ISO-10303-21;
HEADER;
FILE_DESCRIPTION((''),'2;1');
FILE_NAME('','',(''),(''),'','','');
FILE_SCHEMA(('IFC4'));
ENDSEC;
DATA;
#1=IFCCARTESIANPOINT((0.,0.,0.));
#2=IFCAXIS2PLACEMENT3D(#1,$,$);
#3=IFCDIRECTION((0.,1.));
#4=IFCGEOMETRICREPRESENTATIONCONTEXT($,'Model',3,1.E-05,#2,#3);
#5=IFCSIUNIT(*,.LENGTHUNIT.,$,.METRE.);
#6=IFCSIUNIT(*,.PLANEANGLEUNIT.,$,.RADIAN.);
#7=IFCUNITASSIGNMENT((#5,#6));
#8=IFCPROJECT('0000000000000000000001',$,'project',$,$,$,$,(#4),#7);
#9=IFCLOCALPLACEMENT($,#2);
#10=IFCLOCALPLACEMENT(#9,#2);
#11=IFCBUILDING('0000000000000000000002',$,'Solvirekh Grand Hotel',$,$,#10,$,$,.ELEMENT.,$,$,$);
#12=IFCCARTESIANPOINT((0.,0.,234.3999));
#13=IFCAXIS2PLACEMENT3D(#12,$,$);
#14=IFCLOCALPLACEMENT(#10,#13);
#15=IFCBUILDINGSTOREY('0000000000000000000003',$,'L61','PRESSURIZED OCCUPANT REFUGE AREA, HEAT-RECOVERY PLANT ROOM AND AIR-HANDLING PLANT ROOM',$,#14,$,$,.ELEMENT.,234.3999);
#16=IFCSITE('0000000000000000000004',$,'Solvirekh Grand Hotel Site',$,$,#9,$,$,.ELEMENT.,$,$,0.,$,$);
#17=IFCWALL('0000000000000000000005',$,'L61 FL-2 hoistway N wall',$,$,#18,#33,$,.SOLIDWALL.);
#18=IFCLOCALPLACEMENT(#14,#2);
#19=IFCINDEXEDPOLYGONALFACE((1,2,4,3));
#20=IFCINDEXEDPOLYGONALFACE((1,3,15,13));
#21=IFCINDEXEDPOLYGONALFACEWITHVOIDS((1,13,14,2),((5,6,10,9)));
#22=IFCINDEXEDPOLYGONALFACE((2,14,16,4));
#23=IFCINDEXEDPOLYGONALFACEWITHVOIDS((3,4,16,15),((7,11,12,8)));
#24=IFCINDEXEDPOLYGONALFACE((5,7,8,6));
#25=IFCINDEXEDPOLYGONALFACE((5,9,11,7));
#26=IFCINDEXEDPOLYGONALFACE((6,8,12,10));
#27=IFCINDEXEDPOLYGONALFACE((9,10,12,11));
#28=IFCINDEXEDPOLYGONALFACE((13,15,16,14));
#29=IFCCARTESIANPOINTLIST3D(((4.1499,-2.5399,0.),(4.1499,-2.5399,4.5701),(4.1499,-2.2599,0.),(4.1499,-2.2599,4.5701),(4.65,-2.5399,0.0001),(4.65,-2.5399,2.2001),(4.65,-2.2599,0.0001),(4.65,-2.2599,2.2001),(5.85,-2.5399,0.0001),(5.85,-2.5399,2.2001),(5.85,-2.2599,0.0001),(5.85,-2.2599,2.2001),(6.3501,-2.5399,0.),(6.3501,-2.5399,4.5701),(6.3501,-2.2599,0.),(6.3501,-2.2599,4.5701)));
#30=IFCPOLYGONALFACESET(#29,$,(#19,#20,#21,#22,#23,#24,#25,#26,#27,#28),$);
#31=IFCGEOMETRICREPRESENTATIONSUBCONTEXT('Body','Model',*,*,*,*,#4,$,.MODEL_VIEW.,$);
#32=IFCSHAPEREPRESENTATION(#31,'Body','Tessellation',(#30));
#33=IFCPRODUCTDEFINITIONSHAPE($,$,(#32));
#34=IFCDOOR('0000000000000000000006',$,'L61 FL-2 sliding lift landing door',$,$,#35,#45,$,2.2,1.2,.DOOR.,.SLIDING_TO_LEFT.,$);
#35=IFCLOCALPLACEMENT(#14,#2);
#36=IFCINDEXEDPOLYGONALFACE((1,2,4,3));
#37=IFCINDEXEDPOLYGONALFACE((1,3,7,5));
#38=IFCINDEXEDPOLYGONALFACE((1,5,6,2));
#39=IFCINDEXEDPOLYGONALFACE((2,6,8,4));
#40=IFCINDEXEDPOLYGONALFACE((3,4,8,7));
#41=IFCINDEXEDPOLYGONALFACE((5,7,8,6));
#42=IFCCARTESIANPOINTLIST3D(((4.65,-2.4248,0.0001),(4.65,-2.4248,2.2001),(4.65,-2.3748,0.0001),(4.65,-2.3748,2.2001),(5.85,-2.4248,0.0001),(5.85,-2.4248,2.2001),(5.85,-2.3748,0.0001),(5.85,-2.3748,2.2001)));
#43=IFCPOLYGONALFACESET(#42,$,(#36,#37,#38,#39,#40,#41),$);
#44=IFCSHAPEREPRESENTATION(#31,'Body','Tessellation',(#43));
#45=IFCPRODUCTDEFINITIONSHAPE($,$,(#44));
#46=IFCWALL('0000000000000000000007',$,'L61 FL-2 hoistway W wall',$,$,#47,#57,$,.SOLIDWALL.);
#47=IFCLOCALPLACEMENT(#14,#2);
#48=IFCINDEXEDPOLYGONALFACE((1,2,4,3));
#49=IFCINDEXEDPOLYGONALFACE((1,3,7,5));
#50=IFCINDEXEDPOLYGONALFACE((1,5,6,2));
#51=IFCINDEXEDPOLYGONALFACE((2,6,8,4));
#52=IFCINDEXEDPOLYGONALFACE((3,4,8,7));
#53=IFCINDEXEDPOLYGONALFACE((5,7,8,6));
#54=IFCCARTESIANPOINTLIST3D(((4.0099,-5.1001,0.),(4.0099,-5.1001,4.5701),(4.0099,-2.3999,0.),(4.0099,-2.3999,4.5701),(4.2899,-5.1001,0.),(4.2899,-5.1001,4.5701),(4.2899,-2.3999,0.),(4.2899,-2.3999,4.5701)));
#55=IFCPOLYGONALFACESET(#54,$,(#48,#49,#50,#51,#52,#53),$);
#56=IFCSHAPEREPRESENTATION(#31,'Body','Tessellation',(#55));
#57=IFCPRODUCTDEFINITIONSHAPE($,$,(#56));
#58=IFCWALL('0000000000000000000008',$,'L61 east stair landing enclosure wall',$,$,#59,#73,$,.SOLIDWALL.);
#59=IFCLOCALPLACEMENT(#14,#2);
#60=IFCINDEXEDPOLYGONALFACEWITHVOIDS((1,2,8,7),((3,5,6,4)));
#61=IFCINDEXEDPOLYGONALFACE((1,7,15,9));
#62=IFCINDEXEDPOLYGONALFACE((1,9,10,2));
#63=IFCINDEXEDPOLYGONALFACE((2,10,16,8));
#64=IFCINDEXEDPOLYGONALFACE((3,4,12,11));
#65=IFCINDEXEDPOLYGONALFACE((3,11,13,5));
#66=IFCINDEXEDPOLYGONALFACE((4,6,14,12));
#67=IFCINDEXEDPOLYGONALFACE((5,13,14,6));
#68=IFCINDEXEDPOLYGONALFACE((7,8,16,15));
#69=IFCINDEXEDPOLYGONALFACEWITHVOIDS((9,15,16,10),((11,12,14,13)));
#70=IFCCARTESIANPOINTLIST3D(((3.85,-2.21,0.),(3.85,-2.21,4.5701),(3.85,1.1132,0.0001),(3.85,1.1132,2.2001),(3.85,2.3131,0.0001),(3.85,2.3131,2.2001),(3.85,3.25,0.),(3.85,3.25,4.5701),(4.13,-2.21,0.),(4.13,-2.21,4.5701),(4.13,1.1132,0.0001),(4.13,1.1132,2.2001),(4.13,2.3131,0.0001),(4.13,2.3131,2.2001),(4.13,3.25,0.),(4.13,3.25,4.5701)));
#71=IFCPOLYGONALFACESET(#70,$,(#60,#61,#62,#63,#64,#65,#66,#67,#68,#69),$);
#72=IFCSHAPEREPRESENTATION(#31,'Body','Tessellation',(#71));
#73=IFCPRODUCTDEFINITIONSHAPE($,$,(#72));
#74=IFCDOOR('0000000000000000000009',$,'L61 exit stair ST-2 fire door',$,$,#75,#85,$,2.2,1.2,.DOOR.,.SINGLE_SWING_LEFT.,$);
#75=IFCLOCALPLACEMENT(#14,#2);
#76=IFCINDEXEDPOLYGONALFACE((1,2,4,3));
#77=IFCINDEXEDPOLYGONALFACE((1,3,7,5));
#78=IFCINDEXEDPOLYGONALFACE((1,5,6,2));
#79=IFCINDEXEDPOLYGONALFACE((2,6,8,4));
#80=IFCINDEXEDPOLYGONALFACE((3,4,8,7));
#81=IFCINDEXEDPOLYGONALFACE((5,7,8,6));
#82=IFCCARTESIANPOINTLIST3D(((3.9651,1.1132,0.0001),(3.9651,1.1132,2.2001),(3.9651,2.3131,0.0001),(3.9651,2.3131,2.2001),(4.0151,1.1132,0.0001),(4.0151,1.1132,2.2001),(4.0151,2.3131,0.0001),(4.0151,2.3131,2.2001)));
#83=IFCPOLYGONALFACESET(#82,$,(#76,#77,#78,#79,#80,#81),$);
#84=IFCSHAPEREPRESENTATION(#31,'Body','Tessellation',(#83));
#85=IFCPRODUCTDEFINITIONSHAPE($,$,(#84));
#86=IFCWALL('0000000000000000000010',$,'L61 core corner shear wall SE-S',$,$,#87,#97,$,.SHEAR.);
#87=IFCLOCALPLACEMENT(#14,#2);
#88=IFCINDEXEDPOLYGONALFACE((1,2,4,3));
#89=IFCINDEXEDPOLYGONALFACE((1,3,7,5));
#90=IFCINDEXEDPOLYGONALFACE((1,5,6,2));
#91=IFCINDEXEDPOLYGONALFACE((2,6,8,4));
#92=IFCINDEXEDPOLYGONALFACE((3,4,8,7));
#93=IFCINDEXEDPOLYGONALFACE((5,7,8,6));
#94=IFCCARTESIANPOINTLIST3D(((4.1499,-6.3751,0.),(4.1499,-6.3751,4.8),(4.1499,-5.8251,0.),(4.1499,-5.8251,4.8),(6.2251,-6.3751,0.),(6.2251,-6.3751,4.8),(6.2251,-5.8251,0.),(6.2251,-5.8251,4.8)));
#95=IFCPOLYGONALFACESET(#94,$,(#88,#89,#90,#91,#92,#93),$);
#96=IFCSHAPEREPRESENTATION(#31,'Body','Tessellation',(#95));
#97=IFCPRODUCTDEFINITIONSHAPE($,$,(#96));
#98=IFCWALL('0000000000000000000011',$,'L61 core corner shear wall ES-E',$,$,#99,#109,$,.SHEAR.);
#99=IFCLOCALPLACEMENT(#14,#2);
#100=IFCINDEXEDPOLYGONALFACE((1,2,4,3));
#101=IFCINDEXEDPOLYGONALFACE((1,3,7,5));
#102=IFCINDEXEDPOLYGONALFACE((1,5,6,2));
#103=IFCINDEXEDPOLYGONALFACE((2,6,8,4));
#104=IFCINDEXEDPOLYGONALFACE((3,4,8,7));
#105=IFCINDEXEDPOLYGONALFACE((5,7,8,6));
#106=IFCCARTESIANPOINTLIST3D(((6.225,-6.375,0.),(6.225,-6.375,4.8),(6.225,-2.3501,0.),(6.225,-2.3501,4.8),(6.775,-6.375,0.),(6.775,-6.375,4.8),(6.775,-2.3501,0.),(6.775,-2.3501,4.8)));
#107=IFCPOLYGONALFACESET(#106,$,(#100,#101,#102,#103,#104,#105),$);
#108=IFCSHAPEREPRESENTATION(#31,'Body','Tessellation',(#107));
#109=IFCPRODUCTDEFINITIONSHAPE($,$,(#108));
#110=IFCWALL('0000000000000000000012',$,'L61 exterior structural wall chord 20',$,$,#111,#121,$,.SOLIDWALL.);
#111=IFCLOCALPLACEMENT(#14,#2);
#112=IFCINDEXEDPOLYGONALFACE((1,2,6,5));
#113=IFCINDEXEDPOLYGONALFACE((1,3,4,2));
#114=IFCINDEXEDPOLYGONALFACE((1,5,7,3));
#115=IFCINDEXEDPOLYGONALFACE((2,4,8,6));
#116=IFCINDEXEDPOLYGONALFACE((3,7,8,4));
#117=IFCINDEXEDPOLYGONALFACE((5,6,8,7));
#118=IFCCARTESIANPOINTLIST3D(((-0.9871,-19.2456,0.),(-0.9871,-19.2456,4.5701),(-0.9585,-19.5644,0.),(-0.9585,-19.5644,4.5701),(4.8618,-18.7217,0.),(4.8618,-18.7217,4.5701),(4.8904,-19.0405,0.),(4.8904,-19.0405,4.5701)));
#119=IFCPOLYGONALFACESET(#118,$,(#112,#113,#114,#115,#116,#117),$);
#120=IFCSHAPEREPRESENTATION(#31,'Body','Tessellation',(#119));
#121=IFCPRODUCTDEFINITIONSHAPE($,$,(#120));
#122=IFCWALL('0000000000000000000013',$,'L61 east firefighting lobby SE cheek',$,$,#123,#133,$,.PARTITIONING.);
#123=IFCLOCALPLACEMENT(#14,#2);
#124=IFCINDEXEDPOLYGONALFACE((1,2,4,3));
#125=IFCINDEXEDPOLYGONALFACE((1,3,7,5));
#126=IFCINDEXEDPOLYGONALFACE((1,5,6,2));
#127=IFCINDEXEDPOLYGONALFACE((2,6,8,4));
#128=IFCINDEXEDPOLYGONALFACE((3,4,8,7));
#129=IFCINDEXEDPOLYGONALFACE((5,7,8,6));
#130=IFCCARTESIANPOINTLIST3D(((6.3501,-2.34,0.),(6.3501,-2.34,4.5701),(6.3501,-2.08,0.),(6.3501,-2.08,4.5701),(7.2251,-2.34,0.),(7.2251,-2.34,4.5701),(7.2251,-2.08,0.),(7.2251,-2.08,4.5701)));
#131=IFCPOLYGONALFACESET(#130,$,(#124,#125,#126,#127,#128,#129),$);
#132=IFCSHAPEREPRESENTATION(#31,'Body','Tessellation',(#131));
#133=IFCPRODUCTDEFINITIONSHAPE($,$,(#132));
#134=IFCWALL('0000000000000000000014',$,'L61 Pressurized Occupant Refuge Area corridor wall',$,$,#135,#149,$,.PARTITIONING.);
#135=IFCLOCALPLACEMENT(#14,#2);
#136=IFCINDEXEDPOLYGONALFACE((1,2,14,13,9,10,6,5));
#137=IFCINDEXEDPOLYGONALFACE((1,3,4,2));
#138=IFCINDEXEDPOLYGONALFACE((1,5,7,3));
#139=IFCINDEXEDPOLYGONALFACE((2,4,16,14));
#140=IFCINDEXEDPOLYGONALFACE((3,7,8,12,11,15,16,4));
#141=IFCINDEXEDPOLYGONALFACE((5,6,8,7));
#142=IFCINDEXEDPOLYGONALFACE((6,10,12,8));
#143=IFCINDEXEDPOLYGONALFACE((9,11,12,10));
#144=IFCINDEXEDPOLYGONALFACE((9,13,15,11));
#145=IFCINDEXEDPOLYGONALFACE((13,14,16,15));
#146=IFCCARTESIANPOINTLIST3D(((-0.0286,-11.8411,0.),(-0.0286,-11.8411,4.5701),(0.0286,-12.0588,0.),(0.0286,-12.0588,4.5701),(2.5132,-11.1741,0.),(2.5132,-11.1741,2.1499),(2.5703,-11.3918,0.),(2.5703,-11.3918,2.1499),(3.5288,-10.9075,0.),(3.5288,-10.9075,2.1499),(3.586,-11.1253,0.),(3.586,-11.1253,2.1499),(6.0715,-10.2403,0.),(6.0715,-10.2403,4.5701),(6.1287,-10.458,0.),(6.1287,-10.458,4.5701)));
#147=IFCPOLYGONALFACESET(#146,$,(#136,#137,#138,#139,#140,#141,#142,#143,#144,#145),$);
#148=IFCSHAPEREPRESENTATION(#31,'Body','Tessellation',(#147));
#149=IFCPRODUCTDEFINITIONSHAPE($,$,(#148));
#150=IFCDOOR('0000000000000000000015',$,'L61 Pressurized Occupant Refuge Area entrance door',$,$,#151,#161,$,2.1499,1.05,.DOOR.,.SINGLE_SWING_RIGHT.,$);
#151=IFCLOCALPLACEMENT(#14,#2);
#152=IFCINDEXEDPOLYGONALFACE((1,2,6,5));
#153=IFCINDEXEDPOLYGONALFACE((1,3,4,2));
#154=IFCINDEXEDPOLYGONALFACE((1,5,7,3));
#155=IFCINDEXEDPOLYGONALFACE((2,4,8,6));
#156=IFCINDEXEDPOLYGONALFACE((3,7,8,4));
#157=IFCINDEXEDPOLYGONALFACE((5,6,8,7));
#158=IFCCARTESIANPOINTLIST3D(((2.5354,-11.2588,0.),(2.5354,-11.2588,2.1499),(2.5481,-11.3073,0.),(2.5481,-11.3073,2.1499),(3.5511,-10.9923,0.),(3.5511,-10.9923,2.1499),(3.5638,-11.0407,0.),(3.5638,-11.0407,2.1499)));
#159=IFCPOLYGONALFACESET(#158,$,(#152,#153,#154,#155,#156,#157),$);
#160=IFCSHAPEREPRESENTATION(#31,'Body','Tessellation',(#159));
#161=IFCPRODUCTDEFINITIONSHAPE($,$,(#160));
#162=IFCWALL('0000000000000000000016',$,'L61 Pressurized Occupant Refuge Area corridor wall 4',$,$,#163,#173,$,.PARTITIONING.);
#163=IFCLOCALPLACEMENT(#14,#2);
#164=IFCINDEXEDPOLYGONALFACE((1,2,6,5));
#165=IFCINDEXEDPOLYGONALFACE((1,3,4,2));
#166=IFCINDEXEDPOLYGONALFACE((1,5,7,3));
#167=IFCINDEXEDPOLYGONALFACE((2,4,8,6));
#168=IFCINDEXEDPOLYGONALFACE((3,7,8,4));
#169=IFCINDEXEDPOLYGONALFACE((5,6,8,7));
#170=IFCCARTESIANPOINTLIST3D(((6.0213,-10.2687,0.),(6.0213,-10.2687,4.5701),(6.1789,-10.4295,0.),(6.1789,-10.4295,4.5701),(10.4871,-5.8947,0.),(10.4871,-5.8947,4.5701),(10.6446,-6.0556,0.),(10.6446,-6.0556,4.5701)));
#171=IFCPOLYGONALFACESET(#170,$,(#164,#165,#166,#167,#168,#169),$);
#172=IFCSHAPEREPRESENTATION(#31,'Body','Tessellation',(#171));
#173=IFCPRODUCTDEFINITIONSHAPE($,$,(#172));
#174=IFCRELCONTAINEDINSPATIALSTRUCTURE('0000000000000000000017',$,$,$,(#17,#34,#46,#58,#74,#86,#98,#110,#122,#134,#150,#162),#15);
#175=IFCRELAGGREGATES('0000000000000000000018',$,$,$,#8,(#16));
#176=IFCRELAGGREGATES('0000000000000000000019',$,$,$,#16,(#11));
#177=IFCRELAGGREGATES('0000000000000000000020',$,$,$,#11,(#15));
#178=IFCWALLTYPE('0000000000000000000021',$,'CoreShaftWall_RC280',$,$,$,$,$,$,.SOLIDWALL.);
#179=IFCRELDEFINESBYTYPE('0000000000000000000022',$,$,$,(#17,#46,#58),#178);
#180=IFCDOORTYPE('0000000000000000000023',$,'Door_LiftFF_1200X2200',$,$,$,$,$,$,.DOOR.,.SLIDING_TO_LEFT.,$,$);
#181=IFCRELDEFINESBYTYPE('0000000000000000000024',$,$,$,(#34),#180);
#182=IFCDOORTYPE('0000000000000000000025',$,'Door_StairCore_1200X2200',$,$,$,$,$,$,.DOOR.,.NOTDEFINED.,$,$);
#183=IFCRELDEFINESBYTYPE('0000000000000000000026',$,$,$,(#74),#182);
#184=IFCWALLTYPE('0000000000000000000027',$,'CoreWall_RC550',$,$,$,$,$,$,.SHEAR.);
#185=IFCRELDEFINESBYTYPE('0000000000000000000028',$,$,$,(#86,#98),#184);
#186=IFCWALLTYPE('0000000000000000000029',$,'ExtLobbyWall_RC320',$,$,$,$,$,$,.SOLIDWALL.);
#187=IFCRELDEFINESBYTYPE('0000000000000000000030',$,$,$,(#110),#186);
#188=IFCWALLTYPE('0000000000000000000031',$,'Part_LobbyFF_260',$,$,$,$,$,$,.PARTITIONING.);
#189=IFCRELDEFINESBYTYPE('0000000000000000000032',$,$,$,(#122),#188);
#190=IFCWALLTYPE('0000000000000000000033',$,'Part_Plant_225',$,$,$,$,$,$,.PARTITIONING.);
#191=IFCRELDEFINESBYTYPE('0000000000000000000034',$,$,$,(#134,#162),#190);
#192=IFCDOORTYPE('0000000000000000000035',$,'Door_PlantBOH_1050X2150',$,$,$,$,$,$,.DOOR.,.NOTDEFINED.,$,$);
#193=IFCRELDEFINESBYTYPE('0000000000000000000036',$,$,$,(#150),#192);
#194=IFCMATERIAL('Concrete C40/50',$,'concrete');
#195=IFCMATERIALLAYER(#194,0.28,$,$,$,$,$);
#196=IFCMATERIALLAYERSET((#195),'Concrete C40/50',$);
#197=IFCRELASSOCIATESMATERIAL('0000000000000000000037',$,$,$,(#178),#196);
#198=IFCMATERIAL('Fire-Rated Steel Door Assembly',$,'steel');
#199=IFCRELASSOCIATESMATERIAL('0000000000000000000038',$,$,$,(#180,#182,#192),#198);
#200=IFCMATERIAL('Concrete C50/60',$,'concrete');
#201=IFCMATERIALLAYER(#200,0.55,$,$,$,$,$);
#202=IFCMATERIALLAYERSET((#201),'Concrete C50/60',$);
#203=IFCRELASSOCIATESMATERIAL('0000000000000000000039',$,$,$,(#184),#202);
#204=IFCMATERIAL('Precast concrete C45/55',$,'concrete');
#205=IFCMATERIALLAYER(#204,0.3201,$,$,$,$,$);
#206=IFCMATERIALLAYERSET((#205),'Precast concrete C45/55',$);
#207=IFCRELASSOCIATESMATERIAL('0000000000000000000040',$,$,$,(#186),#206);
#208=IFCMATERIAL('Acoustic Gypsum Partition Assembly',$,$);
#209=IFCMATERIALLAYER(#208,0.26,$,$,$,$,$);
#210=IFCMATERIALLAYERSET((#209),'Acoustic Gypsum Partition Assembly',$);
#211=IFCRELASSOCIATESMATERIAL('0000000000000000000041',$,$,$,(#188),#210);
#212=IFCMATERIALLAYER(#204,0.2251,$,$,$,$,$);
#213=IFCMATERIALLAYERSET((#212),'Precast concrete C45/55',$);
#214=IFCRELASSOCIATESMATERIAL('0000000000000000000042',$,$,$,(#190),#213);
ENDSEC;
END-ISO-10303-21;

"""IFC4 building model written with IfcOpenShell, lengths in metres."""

from ifc_helpers import new_model, si_unit, direction, frame, frame_2d, origin, place, context, subcontext, project, spatial, rectangle, extrude, material, layer, layer_set, type_object, element, fill, save


model = new_model("IFC4")

# Units and contexts
model_context = context("Model", 3, precision=1e-05, world=origin(), true_north=direction((0.0, 1.0)))
body_context = subcontext(model_context, "Body", "Model", "MODEL_VIEW")
ifc_project = project(units=[si_unit("LENGTHUNIT", "METRE"), si_unit("PLANEANGLEUNIT", "RADIAN")], contexts=[model_context])

# Site, building, storey
site_placement = place(None, origin())
site = spatial("IfcSite", under=ifc_project, at=site_placement, Name="Solvirekh Grand Hotel Site", CompositionType="ELEMENT", RefElevation=0.0)
building_placement = place(site_placement, origin())
building = spatial("IfcBuilding", under=site, at=building_placement, Name="Solvirekh Grand Hotel", CompositionType="ELEMENT")
storey_placement = place(building_placement, frame((0.0, 0.0, 234.3999)))
storey = spatial("IfcBuildingStorey", under=building, at=storey_placement, Name="L61", Description="PRESSURIZED OCCUPANT REFUGE AREA, HEAT-RECOVERY PLANT ROOM AND AIR-HANDLING PLANT ROOM", CompositionType="ELEMENT", Elevation=234.3999)

# Shared definitions
ifc_material_1 = material(Name="Concrete C50/60", Category="concrete")

# Shared definitions
ifc_material_2 = material(Name="Concrete C40/50", Category="concrete")

# Shared definitions
ifc_layer_1 = layer(ifc_material_2, 0.28)
ifc_layer_set_1 = layer_set([ifc_layer_1], Name="Concrete C40/50")
wall_type_1 = type_object("IfcWallType", Name="CoreShaftWall_RC280", PredefinedType="SOLIDWALL", material=ifc_layer_set_1)

# Wall, opening, door
wall_1_placement = place(storey_placement, frame((6.3501, -2.3999, 0.0), z_axis=(0.0, 0.0, 1.0), x_axis=(-1.0, 0.0, 0.0)))
wall_1 = element("IfcWall", 1, at=wall_1_placement, inside=storey, type_object=wall_type_1, Name="L61 FL-2 hoistway N wall", PredefinedType="SOLIDWALL", context=body_context, shape_type="SweptSolid", body=[
    extrude(rectangle(XDim=2.2002, YDim=0.28, at=frame_2d((1.1001, 0.0))), origin(), (0.0, 0.0, 1.0), 4.5701),
])
opening_1_placement = place(wall_1_placement, frame((0.5, 0.0, 0.0)))
opening_1 = element("IfcOpeningElement", 2, at=opening_1_placement, cuts=wall_1, PredefinedType="OPENING", context=body_context, shape_type="SweptSolid", body=[
    extrude(rectangle(XDim=1.2, YDim=2.2, at=frame_2d((0.6001, 1.1001))), frame((0.0, 0.1499, 0.0), z_axis=(0.0, -1.0, 0.0), x_axis=(1.0, 0.0, 0.0)), (0.0, 0.0, 1.0), 0.3),
])
ifc_material_3 = material(Name="Fire-Rated Steel Door Assembly", Category="steel")
door_type_1 = type_object("IfcDoorType", Name="Door_LiftFF_1200X2200", OperationType="SLIDING_TO_LEFT", PredefinedType="DOOR", material=ifc_material_3)
door_1_placement = place(opening_1_placement, origin())
door_1 = element("IfcDoor", 3, at=door_1_placement, inside=storey, type_object=door_type_1, Name="L61 FL-2 sliding lift landing door", OperationType="SLIDING_TO_LEFT", OverallHeight=2.2, OverallWidth=1.2, PredefinedType="DOOR", context=body_context, shape_type="SweptSolid", body=[
    extrude(rectangle(XDim=1.2, YDim=2.2, at=frame_2d((0.6001, 1.1001))), frame((0.0, 0.0249, 0.0), z_axis=(0.0, -1.0, 0.0), x_axis=(1.0, 0.0, 0.0)), (0.0, 0.0, 1.0), 0.05),
])
fill(opening_1, door_1)

# Wall
wall_2_placement = place(storey_placement, frame((4.1499, -2.3999, 0.0), z_axis=(0.0, 0.0, 1.0), x_axis=(0.0, -1.0, 0.0)))
element("IfcWall", 4, at=wall_2_placement, inside=storey, type_object=wall_type_1, Name="L61 FL-2 hoistway W wall", PredefinedType="SOLIDWALL", context=body_context, shape_type="SweptSolid", body=[
    extrude(rectangle(XDim=2.7002, YDim=0.28, at=frame_2d((1.3501, 0.0))), origin(), (0.0, 0.0, 1.0), 4.5701),
])

# Wall, opening, door
wall_3_placement = place(storey_placement, frame((3.99, -2.21, 0.0), z_axis=(0.0, 0.0, 1.0), x_axis=(0.0, 1.0, 0.0)))
wall_3 = element("IfcWall", 5, at=wall_3_placement, inside=storey, type_object=wall_type_1, Name="L61 east stair landing enclosure wall", PredefinedType="SOLIDWALL", context=body_context, shape_type="SweptSolid", body=[
    extrude(rectangle(XDim=5.46, YDim=0.28, at=frame_2d((2.73, 0.0))), origin(), (0.0, 0.0, 1.0), 4.5701),
])
opening_2_placement = place(wall_3_placement, frame((3.323, 0.0, 0.0)))
opening_2 = element("IfcOpeningElement", 6, at=opening_2_placement, cuts=wall_3, PredefinedType="OPENING", context=body_context, shape_type="SweptSolid", body=[
    extrude(rectangle(XDim=1.2, YDim=2.2, at=frame_2d((0.6001, 1.1001))), frame((0.0, 0.1499, 0.0), z_axis=(0.0, -1.0, 0.0), x_axis=(1.0, 0.0, 0.0)), (0.0, 0.0, 1.0), 0.3),
])
door_type_2 = type_object("IfcDoorType", Name="Door_StairCore_1200X2200", OperationType="NOTDEFINED", PredefinedType="DOOR", material=ifc_material_3)
door_2_placement = place(opening_2_placement, origin())
door_2 = element("IfcDoor", 7, at=door_2_placement, inside=storey, type_object=door_type_2, Name="L61 exit stair ST-2 fire door", OperationType="SINGLE_SWING_LEFT", OverallHeight=2.2, OverallWidth=1.2, PredefinedType="DOOR", context=body_context, shape_type="SweptSolid", body=[
    extrude(rectangle(XDim=1.2, YDim=2.2, at=frame_2d((0.6001, 1.1001))), frame((0.0, 0.0249, 0.0), z_axis=(0.0, -1.0, 0.0), x_axis=(1.0, 0.0, 0.0)), (0.0, 0.0, 1.0), 0.05),
])
fill(opening_2, door_2)

# Walls
ifc_layer_2 = layer(ifc_material_1, 0.55)
ifc_layer_set_2 = layer_set([ifc_layer_2], Name="Concrete C50/60")
wall_type_2 = type_object("IfcWallType", Name="CoreWall_RC550", PredefinedType="SHEAR", material=ifc_layer_set_2)
wall_4_placement = place(storey_placement, frame((4.1499, -6.1001, 0.0), z_axis=(0.0, 0.0, 1.0), x_axis=(1.0, 0.0, 0.0)))
element("IfcWall", 8, at=wall_4_placement, inside=storey, type_object=wall_type_2, Name="L61 core corner shear wall SE-S", PredefinedType="SHEAR", context=body_context, shape_type="SweptSolid", body=[
    extrude(rectangle(XDim=2.0752, YDim=0.55, at=frame_2d((1.0376, 0.0))), origin(), (0.0, 0.0, 1.0), 4.8),
])
wall_5_placement = place(storey_placement, frame((6.5, -6.375, 0.0), z_axis=(0.0, 0.0, 1.0), x_axis=(0.0, 1.0, 0.0)))
element("IfcWall", 9, at=wall_5_placement, inside=storey, type_object=wall_type_2, Name="L61 core corner shear wall ES-E", PredefinedType="SHEAR", context=body_context, shape_type="SweptSolid", body=[
    extrude(rectangle(XDim=4.0249, YDim=0.55, at=frame_2d((2.0125, 0.0))), origin(), (0.0, 0.0, 1.0), 4.8),
])
ifc_material_4 = material(Name="Precast concrete C45/55", Category="concrete")
ifc_layer_3 = layer(ifc_material_4, 0.3201)
ifc_layer_set_3 = layer_set([ifc_layer_3], Name="Precast concrete C45/55")
wall_type_3 = type_object("IfcWallType", Name="ExtLobbyWall_RC320", PredefinedType="SOLIDWALL", material=ifc_layer_set_3)
wall_6_placement = place(storey_placement, frame((4.876, -18.8811, 0.0), z_axis=(0.0, 0.0, 1.0), x_axis=(-0.996012, -0.08922, 0.0)))
element("IfcWall", 10, at=wall_6_placement, inside=storey, type_object=wall_type_3, Name="L61 exterior structural wall chord 20", PredefinedType="SOLIDWALL", context=body_context, shape_type="SweptSolid", body=[
    extrude(rectangle(XDim=5.8723, YDim=0.3201, at=frame_2d((2.936, 0.0))), origin(), (0.0, 0.0, 1.0), 4.5701),
])
ifc_material_5 = material(Name="Acoustic Gypsum Partition Assembly")
ifc_layer_4 = layer(ifc_material_5, 0.26)
ifc_layer_set_4 = layer_set([ifc_layer_4], Name="Acoustic Gypsum Partition Assembly")
wall_type_4 = type_object("IfcWallType", Name="Part_LobbyFF_260", PredefinedType="PARTITIONING", material=ifc_layer_set_4)
wall_7_placement = place(storey_placement, frame((6.3501, -2.21, 0.0), z_axis=(0.0, 0.0, 1.0), x_axis=(1.0, 0.0, 0.0)))
element("IfcWall", 11, at=wall_7_placement, inside=storey, type_object=wall_type_4, Name="L61 east firefighting lobby SE cheek", PredefinedType="PARTITIONING", context=body_context, shape_type="SweptSolid", body=[
    extrude(rectangle(XDim=0.875, YDim=0.26, at=frame_2d((0.4375, 0.0))), origin(), (0.0, 0.0, 1.0), 4.5701),
])

# Wall, opening, door
ifc_layer_5 = layer(ifc_material_4, 0.2251)
ifc_layer_set_5 = layer_set([ifc_layer_5], Name="Precast concrete C45/55")
wall_type_5 = type_object("IfcWallType", Name="Part_Plant_225", PredefinedType="PARTITIONING", material=ifc_layer_set_5)
wall_8_placement = place(storey_placement, frame((0.0, -11.95, 0.0), z_axis=(0.0, 0.0, 1.0), x_axis=(0.967248, 0.253832, 0.0)))
wall_8 = element("IfcWall", 12, at=wall_8_placement, inside=storey, type_object=wall_type_5, Name="L61 Pressurized Occupant Refuge Area corridor wall", PredefinedType="PARTITIONING", context=body_context, shape_type="SweptSolid", body=[
    extrude(rectangle(XDim=6.3066, YDim=0.2251, at=frame_2d((3.1533, 0.0))), origin(), (0.0, 0.0, 1.0), 4.5701),
])
opening_3_placement = place(wall_8_placement, frame((2.6279, 0.0, 0.0)))
opening_3 = element("IfcOpeningElement", 13, at=opening_3_placement, cuts=wall_8, PredefinedType="OPENING", context=body_context, shape_type="SweptSolid", body=[
    extrude(rectangle(XDim=1.05, YDim=2.1499, at=frame_2d((0.5249, 1.075))), frame((0.0, 0.1226, 0.0), z_axis=(0.0, -1.0, 0.0), x_axis=(1.0, 0.0, 0.0)), (0.0, 0.0, 1.0), 0.2451),
])
door_type_3 = type_object("IfcDoorType", Name="Door_PlantBOH_1050X2150", OperationType="NOTDEFINED", PredefinedType="DOOR", material=ifc_material_3)
door_3_placement = place(opening_3_placement, origin())
door_3 = element("IfcDoor", 14, at=door_3_placement, inside=storey, type_object=door_type_3, Name="L61 Pressurized Occupant Refuge Area entrance door", OperationType="SINGLE_SWING_RIGHT", OverallHeight=2.1499, OverallWidth=1.05, PredefinedType="DOOR", context=body_context, shape_type="SweptSolid", body=[
    extrude(rectangle(XDim=1.05, YDim=2.1499, at=frame_2d((0.5249, 1.075))), frame((0.0, 0.0249, 0.0), z_axis=(0.0, -1.0, 0.0), x_axis=(1.0, 0.0, 0.0)), (0.0, 0.0, 1.0), 0.05),
])
fill(opening_3, door_3)

# Wall
wall_9_placement = place(storey_placement, frame((6.1001, -10.3491, 0.0), z_axis=(0.0, 0.0, 1.0), x_axis=(0.714411, 0.699726, 0.0)))
element("IfcWall", 15, at=wall_9_placement, inside=storey, type_object=wall_type_5, Name="L61 Pressurized Occupant Refuge Area corridor wall 4", PredefinedType="PARTITIONING", context=body_context, shape_type="SweptSolid", body=[
    extrude(rectangle(XDim=6.251, YDim=0.2251, at=frame_2d((3.1255, 0.0))), origin(), (0.0, 0.0, 1.0), 4.5701),
])

save(model, "model.ifc")
